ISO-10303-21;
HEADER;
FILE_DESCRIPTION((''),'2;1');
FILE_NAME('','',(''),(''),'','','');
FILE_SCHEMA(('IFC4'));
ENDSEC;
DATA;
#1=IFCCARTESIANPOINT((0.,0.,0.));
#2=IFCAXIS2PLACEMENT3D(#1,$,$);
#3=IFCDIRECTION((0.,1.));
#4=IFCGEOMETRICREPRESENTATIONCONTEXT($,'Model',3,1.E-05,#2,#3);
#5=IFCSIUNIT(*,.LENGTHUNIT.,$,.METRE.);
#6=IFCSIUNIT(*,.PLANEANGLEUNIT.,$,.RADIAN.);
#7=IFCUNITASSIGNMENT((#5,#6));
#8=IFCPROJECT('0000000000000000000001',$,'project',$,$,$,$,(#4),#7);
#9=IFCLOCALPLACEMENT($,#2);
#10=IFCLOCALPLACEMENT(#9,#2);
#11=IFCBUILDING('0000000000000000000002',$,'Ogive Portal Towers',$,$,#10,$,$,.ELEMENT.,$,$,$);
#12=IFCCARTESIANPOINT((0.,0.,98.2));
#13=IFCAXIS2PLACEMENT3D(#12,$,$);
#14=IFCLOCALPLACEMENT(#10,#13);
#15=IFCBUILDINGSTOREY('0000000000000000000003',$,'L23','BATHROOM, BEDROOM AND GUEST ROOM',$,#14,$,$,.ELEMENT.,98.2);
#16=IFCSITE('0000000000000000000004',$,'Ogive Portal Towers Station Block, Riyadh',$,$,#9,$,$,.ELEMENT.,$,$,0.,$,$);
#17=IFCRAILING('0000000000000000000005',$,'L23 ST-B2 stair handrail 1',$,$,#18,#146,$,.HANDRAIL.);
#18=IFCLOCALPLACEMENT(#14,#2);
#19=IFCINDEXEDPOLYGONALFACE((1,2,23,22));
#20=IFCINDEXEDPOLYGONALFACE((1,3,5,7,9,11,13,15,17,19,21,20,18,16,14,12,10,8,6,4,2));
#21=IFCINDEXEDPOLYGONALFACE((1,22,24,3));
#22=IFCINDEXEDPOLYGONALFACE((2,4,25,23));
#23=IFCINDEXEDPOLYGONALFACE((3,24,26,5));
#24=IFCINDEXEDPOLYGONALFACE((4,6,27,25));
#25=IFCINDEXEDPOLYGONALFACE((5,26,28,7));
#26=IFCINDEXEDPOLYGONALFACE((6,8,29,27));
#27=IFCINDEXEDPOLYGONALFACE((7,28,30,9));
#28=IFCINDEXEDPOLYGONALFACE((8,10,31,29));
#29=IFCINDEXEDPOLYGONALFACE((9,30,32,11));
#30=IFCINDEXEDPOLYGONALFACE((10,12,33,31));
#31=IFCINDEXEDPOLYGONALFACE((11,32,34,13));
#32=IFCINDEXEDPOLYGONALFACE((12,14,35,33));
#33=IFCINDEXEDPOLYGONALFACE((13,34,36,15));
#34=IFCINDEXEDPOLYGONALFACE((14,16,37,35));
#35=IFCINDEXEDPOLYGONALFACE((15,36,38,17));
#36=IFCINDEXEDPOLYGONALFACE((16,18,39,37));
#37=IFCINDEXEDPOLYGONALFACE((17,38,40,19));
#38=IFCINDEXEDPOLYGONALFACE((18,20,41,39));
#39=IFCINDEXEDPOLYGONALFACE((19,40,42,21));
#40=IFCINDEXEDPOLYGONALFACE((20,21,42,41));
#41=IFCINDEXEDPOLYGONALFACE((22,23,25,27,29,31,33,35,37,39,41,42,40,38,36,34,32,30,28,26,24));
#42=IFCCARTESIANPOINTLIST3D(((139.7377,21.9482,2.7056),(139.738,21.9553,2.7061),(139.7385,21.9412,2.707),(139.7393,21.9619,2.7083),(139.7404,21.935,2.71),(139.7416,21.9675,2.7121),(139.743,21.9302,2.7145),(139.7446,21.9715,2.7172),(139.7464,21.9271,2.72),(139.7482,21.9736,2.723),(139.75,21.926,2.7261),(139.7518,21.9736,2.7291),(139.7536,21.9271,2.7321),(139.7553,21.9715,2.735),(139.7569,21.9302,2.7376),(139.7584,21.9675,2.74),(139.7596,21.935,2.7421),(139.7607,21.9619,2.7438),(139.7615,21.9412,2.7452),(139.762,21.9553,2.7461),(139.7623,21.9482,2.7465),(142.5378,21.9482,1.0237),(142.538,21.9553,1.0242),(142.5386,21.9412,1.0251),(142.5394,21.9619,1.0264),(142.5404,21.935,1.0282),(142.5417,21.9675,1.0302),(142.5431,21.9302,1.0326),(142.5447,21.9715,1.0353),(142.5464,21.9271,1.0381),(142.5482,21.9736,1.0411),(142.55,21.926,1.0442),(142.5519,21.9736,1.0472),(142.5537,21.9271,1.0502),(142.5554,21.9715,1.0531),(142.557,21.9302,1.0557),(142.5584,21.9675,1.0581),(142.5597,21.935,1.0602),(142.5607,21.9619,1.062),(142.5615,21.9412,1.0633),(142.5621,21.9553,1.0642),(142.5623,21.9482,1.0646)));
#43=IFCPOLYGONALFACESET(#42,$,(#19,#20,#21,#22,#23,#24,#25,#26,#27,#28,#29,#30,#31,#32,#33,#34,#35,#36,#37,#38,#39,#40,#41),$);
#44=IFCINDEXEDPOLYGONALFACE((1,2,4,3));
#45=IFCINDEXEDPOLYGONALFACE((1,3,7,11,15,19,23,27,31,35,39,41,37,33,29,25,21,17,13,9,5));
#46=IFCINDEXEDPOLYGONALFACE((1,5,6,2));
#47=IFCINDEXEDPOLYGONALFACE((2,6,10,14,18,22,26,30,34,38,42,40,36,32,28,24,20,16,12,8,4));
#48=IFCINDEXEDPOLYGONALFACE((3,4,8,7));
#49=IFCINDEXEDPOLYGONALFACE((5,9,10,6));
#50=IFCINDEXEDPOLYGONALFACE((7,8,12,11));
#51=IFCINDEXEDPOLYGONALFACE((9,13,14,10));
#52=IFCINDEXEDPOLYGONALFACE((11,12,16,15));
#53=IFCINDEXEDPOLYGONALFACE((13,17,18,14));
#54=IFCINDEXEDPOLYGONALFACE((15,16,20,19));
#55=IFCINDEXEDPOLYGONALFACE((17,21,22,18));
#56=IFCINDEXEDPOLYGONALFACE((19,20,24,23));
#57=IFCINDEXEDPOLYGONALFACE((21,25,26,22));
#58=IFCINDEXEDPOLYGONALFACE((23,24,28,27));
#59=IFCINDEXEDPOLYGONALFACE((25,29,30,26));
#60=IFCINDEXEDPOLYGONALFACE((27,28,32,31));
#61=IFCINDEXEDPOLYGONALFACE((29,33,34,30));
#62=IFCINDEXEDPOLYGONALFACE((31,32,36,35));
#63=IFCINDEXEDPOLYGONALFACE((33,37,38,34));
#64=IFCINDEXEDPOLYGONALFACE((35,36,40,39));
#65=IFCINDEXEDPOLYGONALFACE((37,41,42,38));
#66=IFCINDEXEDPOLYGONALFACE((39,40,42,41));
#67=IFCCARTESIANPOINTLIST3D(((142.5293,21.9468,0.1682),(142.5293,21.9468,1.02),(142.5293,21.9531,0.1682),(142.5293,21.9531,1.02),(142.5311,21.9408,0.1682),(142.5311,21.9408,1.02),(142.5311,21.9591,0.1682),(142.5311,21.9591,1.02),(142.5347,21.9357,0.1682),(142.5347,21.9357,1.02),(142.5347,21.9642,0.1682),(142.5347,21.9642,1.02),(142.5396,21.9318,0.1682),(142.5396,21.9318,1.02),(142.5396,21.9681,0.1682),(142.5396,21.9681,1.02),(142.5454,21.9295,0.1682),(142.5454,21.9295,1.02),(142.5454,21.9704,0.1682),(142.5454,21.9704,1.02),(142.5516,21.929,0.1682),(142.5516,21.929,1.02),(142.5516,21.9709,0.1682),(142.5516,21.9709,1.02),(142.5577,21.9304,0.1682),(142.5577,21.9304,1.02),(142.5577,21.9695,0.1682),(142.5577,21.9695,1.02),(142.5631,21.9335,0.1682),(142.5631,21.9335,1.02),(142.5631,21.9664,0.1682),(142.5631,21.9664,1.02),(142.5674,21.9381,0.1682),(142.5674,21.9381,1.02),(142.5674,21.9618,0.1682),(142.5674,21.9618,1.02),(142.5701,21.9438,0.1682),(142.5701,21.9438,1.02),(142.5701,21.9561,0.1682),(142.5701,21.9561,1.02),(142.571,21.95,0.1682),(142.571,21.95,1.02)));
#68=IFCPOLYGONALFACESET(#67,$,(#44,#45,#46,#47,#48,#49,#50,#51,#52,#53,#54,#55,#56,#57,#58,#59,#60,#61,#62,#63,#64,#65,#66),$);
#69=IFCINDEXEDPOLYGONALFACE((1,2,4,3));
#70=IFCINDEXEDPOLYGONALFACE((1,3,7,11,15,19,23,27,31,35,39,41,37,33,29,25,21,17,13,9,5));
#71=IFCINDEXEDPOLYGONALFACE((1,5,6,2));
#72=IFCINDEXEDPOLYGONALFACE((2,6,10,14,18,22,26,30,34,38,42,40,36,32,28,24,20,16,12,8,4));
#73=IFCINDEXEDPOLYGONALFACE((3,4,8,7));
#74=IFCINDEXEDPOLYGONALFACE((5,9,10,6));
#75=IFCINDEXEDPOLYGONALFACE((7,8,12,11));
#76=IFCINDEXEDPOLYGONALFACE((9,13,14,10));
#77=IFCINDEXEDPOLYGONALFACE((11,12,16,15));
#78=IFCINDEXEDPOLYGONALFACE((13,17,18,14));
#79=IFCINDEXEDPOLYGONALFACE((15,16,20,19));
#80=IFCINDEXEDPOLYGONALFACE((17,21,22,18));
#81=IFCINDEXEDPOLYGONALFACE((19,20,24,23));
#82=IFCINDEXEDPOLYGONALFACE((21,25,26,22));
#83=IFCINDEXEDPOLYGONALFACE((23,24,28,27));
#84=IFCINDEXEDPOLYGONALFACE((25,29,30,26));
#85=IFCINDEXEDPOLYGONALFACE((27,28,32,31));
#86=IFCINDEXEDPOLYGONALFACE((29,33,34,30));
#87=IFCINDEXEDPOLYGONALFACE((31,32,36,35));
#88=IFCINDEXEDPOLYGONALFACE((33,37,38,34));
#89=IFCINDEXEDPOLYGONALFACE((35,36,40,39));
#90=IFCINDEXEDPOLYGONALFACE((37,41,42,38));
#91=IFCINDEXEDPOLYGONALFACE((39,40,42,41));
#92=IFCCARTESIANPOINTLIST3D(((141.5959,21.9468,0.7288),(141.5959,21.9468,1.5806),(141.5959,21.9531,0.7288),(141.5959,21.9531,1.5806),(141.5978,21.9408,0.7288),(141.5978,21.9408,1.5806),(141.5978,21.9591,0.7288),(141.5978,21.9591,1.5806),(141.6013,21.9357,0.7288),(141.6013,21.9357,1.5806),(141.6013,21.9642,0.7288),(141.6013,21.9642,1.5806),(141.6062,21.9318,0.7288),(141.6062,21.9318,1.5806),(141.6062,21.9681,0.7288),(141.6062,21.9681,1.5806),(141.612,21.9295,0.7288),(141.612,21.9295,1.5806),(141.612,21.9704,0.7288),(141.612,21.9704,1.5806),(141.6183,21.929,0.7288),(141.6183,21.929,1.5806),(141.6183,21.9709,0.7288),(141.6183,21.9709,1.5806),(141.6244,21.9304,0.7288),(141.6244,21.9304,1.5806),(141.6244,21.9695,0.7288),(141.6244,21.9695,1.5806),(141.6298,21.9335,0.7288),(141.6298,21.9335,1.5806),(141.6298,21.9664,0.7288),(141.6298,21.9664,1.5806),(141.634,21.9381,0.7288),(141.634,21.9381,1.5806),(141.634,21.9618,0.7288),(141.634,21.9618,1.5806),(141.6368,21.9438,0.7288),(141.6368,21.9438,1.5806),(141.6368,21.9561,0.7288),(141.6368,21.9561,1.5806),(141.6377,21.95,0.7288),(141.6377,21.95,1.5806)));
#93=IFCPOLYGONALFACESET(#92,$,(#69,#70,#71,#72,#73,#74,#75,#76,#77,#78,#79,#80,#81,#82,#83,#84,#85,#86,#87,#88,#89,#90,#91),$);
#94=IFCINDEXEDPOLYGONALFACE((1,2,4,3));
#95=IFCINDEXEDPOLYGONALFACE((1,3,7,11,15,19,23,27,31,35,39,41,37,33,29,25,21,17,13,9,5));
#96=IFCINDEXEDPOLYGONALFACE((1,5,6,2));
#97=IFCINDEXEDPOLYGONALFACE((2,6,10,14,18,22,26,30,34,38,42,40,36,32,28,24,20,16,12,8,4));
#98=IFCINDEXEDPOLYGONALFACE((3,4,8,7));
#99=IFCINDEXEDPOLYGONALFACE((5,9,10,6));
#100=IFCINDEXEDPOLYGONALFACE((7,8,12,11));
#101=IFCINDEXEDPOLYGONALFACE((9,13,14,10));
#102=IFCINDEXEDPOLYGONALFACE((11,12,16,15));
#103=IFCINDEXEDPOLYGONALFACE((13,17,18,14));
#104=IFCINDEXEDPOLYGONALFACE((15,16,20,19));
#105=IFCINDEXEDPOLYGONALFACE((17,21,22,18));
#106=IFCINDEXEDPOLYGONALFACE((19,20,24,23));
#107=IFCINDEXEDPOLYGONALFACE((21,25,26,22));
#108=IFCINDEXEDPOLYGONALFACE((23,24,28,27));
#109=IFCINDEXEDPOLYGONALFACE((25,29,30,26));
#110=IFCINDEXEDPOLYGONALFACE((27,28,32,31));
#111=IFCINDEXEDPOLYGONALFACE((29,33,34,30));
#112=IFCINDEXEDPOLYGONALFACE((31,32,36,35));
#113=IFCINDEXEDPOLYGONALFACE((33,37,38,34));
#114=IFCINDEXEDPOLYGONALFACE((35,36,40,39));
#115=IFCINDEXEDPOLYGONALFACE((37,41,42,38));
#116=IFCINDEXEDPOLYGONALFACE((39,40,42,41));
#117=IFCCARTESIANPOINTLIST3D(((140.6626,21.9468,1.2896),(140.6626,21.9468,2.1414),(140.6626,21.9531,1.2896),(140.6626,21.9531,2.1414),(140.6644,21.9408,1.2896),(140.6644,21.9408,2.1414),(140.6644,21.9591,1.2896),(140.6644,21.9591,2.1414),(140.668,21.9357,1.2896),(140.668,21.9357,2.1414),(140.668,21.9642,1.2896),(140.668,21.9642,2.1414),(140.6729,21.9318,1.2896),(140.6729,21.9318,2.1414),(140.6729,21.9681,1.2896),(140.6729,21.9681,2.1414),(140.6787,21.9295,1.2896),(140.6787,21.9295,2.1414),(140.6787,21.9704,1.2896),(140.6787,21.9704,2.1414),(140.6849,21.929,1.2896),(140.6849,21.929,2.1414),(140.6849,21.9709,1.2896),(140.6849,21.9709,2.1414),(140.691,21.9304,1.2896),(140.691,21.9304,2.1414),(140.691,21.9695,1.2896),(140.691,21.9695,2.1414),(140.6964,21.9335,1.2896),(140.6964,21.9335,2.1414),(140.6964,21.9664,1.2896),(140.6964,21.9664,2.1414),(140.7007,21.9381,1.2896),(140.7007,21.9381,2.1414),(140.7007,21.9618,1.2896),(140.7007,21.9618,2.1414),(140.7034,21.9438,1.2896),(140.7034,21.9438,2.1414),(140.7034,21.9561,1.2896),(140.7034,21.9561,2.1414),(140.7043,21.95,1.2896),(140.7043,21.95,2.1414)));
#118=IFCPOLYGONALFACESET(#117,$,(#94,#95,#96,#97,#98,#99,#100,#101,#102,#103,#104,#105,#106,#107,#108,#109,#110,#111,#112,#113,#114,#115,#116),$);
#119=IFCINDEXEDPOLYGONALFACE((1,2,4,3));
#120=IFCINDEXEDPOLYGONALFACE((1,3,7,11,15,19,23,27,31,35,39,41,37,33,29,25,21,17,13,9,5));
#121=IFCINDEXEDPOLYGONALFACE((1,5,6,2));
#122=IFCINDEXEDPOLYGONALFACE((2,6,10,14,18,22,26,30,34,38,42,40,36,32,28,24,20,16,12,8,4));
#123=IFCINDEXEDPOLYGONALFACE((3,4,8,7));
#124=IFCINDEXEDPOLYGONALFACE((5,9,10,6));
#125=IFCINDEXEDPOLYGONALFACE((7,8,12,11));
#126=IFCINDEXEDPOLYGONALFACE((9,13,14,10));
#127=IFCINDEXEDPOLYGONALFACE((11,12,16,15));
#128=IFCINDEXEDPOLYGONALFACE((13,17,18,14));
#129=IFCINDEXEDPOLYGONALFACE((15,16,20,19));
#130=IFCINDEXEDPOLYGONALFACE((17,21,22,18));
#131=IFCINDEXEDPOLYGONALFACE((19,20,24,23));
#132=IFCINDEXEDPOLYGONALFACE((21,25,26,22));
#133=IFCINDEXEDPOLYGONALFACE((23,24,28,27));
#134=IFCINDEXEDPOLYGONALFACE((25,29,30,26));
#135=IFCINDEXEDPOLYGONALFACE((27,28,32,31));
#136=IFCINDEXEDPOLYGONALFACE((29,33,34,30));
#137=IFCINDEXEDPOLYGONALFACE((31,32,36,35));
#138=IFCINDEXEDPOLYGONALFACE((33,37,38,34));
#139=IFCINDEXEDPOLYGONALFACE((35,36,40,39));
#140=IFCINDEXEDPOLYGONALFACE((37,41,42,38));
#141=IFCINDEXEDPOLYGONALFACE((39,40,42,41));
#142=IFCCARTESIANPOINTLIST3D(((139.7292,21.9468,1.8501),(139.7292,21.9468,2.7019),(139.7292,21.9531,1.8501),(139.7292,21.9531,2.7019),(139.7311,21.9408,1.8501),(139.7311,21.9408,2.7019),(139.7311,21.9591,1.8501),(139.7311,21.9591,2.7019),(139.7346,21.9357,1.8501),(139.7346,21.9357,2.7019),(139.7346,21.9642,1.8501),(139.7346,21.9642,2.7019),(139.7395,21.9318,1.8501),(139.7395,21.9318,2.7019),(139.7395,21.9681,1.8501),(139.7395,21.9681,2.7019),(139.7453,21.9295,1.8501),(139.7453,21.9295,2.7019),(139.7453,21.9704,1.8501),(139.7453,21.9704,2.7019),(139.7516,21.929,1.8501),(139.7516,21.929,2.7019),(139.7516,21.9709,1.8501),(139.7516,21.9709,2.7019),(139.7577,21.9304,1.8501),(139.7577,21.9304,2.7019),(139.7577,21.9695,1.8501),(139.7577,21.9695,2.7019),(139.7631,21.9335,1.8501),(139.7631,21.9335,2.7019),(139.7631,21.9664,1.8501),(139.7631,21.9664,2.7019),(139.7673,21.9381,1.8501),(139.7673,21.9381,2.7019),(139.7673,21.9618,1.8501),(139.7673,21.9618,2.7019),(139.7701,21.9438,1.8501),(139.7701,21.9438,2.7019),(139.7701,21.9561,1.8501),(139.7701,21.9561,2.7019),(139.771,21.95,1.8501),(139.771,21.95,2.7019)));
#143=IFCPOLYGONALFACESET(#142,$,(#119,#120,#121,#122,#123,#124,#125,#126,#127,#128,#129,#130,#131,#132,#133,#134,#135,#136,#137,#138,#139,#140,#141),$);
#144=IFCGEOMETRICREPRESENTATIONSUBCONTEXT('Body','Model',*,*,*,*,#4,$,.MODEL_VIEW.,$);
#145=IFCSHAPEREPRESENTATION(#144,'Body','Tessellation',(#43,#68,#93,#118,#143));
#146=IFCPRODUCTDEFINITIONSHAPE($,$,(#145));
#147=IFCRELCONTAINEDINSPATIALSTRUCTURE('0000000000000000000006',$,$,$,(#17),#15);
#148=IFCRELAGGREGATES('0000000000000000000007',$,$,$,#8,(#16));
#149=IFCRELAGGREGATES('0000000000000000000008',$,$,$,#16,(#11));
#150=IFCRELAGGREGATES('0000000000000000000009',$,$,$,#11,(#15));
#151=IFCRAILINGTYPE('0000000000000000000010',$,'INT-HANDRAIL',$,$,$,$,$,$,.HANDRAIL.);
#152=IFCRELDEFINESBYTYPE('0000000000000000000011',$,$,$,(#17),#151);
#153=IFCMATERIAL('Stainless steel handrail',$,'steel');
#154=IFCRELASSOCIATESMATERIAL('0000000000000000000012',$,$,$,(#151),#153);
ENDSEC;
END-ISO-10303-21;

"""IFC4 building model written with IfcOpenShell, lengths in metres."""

from ifc_helpers import new_model, si_unit, direction, frame, origin, origin_2d, place, context, subcontext, project, spatial, circle, extrude, material, type_object, element, save


model = new_model("IFC4")

# Units and contexts
model_context = context("Model", 3, precision=1e-05, world=origin(), true_north=direction((0.0, 1.0)))
body_context = subcontext(model_context, "Body", "Model", "MODEL_VIEW")
ifc_project = project(units=[si_unit("LENGTHUNIT", "METRE"), si_unit("PLANEANGLEUNIT", "RADIAN")], contexts=[model_context])

# Site, building, storey
site_placement = place(None, origin())
site = spatial("IfcSite", under=ifc_project, at=site_placement, Name="Ogive Portal Towers Station Block, Riyadh", CompositionType="ELEMENT", RefElevation=0.0)
building_placement = place(site_placement, origin())
building = spatial("IfcBuilding", under=site, at=building_placement, Name="Ogive Portal Towers", CompositionType="ELEMENT")
storey_placement = place(building_placement, frame((0.0, 0.0, 98.2)))
storey = spatial("IfcBuildingStorey", under=building, at=storey_placement, Name="L23", Description="BATHROOM, BEDROOM AND GUEST ROOM", CompositionType="ELEMENT", Elevation=98.2)

# Railing
ifc_material_1 = material(Name="Stainless steel handrail", Category="steel")
railing_type_1 = type_object("IfcRailingType", Name="INT-HANDRAIL", PredefinedType="HANDRAIL", material=ifc_material_1)
railing_1_placement = place(storey_placement, frame((142.55, 21.95, 0.1682)))
element("IfcRailing", 1, at=railing_1_placement, inside=storey, type_object=railing_type_1, Name="L23 ST-B2 stair handrail 1", PredefinedType="HANDRAIL", context=body_context, shape_type="SweptSolid", body=[
    extrude(circle(Radius=0.0239, at=origin_2d()), frame((0.0, 0.0, 0.876), z_axis=(-0.857242, 0.0, 0.514913), x_axis=(0.0, -1.0, 0.0)), (0.0, 0.0, 1.0), 3.2664),
    extrude(circle(Radius=0.021, at=origin_2d()), origin(), (0.0, 0.0, 1.0), 0.8518),
    extrude(circle(Radius=0.021, at=origin_2d()), frame((-0.9333, 0.0, 0.5605)), (0.0, 0.0, 1.0), 0.8518),
    extrude(circle(Radius=0.021, at=origin_2d()), frame((-1.8667, 0.0, 1.1213)), (0.0, 0.0, 1.0), 0.8518),
    extrude(circle(Radius=0.021, at=origin_2d()), frame((-2.8, 0.0, 1.6819)), (0.0, 0.0, 1.0), 0.8518),
])

save(model, "model.ifc")
